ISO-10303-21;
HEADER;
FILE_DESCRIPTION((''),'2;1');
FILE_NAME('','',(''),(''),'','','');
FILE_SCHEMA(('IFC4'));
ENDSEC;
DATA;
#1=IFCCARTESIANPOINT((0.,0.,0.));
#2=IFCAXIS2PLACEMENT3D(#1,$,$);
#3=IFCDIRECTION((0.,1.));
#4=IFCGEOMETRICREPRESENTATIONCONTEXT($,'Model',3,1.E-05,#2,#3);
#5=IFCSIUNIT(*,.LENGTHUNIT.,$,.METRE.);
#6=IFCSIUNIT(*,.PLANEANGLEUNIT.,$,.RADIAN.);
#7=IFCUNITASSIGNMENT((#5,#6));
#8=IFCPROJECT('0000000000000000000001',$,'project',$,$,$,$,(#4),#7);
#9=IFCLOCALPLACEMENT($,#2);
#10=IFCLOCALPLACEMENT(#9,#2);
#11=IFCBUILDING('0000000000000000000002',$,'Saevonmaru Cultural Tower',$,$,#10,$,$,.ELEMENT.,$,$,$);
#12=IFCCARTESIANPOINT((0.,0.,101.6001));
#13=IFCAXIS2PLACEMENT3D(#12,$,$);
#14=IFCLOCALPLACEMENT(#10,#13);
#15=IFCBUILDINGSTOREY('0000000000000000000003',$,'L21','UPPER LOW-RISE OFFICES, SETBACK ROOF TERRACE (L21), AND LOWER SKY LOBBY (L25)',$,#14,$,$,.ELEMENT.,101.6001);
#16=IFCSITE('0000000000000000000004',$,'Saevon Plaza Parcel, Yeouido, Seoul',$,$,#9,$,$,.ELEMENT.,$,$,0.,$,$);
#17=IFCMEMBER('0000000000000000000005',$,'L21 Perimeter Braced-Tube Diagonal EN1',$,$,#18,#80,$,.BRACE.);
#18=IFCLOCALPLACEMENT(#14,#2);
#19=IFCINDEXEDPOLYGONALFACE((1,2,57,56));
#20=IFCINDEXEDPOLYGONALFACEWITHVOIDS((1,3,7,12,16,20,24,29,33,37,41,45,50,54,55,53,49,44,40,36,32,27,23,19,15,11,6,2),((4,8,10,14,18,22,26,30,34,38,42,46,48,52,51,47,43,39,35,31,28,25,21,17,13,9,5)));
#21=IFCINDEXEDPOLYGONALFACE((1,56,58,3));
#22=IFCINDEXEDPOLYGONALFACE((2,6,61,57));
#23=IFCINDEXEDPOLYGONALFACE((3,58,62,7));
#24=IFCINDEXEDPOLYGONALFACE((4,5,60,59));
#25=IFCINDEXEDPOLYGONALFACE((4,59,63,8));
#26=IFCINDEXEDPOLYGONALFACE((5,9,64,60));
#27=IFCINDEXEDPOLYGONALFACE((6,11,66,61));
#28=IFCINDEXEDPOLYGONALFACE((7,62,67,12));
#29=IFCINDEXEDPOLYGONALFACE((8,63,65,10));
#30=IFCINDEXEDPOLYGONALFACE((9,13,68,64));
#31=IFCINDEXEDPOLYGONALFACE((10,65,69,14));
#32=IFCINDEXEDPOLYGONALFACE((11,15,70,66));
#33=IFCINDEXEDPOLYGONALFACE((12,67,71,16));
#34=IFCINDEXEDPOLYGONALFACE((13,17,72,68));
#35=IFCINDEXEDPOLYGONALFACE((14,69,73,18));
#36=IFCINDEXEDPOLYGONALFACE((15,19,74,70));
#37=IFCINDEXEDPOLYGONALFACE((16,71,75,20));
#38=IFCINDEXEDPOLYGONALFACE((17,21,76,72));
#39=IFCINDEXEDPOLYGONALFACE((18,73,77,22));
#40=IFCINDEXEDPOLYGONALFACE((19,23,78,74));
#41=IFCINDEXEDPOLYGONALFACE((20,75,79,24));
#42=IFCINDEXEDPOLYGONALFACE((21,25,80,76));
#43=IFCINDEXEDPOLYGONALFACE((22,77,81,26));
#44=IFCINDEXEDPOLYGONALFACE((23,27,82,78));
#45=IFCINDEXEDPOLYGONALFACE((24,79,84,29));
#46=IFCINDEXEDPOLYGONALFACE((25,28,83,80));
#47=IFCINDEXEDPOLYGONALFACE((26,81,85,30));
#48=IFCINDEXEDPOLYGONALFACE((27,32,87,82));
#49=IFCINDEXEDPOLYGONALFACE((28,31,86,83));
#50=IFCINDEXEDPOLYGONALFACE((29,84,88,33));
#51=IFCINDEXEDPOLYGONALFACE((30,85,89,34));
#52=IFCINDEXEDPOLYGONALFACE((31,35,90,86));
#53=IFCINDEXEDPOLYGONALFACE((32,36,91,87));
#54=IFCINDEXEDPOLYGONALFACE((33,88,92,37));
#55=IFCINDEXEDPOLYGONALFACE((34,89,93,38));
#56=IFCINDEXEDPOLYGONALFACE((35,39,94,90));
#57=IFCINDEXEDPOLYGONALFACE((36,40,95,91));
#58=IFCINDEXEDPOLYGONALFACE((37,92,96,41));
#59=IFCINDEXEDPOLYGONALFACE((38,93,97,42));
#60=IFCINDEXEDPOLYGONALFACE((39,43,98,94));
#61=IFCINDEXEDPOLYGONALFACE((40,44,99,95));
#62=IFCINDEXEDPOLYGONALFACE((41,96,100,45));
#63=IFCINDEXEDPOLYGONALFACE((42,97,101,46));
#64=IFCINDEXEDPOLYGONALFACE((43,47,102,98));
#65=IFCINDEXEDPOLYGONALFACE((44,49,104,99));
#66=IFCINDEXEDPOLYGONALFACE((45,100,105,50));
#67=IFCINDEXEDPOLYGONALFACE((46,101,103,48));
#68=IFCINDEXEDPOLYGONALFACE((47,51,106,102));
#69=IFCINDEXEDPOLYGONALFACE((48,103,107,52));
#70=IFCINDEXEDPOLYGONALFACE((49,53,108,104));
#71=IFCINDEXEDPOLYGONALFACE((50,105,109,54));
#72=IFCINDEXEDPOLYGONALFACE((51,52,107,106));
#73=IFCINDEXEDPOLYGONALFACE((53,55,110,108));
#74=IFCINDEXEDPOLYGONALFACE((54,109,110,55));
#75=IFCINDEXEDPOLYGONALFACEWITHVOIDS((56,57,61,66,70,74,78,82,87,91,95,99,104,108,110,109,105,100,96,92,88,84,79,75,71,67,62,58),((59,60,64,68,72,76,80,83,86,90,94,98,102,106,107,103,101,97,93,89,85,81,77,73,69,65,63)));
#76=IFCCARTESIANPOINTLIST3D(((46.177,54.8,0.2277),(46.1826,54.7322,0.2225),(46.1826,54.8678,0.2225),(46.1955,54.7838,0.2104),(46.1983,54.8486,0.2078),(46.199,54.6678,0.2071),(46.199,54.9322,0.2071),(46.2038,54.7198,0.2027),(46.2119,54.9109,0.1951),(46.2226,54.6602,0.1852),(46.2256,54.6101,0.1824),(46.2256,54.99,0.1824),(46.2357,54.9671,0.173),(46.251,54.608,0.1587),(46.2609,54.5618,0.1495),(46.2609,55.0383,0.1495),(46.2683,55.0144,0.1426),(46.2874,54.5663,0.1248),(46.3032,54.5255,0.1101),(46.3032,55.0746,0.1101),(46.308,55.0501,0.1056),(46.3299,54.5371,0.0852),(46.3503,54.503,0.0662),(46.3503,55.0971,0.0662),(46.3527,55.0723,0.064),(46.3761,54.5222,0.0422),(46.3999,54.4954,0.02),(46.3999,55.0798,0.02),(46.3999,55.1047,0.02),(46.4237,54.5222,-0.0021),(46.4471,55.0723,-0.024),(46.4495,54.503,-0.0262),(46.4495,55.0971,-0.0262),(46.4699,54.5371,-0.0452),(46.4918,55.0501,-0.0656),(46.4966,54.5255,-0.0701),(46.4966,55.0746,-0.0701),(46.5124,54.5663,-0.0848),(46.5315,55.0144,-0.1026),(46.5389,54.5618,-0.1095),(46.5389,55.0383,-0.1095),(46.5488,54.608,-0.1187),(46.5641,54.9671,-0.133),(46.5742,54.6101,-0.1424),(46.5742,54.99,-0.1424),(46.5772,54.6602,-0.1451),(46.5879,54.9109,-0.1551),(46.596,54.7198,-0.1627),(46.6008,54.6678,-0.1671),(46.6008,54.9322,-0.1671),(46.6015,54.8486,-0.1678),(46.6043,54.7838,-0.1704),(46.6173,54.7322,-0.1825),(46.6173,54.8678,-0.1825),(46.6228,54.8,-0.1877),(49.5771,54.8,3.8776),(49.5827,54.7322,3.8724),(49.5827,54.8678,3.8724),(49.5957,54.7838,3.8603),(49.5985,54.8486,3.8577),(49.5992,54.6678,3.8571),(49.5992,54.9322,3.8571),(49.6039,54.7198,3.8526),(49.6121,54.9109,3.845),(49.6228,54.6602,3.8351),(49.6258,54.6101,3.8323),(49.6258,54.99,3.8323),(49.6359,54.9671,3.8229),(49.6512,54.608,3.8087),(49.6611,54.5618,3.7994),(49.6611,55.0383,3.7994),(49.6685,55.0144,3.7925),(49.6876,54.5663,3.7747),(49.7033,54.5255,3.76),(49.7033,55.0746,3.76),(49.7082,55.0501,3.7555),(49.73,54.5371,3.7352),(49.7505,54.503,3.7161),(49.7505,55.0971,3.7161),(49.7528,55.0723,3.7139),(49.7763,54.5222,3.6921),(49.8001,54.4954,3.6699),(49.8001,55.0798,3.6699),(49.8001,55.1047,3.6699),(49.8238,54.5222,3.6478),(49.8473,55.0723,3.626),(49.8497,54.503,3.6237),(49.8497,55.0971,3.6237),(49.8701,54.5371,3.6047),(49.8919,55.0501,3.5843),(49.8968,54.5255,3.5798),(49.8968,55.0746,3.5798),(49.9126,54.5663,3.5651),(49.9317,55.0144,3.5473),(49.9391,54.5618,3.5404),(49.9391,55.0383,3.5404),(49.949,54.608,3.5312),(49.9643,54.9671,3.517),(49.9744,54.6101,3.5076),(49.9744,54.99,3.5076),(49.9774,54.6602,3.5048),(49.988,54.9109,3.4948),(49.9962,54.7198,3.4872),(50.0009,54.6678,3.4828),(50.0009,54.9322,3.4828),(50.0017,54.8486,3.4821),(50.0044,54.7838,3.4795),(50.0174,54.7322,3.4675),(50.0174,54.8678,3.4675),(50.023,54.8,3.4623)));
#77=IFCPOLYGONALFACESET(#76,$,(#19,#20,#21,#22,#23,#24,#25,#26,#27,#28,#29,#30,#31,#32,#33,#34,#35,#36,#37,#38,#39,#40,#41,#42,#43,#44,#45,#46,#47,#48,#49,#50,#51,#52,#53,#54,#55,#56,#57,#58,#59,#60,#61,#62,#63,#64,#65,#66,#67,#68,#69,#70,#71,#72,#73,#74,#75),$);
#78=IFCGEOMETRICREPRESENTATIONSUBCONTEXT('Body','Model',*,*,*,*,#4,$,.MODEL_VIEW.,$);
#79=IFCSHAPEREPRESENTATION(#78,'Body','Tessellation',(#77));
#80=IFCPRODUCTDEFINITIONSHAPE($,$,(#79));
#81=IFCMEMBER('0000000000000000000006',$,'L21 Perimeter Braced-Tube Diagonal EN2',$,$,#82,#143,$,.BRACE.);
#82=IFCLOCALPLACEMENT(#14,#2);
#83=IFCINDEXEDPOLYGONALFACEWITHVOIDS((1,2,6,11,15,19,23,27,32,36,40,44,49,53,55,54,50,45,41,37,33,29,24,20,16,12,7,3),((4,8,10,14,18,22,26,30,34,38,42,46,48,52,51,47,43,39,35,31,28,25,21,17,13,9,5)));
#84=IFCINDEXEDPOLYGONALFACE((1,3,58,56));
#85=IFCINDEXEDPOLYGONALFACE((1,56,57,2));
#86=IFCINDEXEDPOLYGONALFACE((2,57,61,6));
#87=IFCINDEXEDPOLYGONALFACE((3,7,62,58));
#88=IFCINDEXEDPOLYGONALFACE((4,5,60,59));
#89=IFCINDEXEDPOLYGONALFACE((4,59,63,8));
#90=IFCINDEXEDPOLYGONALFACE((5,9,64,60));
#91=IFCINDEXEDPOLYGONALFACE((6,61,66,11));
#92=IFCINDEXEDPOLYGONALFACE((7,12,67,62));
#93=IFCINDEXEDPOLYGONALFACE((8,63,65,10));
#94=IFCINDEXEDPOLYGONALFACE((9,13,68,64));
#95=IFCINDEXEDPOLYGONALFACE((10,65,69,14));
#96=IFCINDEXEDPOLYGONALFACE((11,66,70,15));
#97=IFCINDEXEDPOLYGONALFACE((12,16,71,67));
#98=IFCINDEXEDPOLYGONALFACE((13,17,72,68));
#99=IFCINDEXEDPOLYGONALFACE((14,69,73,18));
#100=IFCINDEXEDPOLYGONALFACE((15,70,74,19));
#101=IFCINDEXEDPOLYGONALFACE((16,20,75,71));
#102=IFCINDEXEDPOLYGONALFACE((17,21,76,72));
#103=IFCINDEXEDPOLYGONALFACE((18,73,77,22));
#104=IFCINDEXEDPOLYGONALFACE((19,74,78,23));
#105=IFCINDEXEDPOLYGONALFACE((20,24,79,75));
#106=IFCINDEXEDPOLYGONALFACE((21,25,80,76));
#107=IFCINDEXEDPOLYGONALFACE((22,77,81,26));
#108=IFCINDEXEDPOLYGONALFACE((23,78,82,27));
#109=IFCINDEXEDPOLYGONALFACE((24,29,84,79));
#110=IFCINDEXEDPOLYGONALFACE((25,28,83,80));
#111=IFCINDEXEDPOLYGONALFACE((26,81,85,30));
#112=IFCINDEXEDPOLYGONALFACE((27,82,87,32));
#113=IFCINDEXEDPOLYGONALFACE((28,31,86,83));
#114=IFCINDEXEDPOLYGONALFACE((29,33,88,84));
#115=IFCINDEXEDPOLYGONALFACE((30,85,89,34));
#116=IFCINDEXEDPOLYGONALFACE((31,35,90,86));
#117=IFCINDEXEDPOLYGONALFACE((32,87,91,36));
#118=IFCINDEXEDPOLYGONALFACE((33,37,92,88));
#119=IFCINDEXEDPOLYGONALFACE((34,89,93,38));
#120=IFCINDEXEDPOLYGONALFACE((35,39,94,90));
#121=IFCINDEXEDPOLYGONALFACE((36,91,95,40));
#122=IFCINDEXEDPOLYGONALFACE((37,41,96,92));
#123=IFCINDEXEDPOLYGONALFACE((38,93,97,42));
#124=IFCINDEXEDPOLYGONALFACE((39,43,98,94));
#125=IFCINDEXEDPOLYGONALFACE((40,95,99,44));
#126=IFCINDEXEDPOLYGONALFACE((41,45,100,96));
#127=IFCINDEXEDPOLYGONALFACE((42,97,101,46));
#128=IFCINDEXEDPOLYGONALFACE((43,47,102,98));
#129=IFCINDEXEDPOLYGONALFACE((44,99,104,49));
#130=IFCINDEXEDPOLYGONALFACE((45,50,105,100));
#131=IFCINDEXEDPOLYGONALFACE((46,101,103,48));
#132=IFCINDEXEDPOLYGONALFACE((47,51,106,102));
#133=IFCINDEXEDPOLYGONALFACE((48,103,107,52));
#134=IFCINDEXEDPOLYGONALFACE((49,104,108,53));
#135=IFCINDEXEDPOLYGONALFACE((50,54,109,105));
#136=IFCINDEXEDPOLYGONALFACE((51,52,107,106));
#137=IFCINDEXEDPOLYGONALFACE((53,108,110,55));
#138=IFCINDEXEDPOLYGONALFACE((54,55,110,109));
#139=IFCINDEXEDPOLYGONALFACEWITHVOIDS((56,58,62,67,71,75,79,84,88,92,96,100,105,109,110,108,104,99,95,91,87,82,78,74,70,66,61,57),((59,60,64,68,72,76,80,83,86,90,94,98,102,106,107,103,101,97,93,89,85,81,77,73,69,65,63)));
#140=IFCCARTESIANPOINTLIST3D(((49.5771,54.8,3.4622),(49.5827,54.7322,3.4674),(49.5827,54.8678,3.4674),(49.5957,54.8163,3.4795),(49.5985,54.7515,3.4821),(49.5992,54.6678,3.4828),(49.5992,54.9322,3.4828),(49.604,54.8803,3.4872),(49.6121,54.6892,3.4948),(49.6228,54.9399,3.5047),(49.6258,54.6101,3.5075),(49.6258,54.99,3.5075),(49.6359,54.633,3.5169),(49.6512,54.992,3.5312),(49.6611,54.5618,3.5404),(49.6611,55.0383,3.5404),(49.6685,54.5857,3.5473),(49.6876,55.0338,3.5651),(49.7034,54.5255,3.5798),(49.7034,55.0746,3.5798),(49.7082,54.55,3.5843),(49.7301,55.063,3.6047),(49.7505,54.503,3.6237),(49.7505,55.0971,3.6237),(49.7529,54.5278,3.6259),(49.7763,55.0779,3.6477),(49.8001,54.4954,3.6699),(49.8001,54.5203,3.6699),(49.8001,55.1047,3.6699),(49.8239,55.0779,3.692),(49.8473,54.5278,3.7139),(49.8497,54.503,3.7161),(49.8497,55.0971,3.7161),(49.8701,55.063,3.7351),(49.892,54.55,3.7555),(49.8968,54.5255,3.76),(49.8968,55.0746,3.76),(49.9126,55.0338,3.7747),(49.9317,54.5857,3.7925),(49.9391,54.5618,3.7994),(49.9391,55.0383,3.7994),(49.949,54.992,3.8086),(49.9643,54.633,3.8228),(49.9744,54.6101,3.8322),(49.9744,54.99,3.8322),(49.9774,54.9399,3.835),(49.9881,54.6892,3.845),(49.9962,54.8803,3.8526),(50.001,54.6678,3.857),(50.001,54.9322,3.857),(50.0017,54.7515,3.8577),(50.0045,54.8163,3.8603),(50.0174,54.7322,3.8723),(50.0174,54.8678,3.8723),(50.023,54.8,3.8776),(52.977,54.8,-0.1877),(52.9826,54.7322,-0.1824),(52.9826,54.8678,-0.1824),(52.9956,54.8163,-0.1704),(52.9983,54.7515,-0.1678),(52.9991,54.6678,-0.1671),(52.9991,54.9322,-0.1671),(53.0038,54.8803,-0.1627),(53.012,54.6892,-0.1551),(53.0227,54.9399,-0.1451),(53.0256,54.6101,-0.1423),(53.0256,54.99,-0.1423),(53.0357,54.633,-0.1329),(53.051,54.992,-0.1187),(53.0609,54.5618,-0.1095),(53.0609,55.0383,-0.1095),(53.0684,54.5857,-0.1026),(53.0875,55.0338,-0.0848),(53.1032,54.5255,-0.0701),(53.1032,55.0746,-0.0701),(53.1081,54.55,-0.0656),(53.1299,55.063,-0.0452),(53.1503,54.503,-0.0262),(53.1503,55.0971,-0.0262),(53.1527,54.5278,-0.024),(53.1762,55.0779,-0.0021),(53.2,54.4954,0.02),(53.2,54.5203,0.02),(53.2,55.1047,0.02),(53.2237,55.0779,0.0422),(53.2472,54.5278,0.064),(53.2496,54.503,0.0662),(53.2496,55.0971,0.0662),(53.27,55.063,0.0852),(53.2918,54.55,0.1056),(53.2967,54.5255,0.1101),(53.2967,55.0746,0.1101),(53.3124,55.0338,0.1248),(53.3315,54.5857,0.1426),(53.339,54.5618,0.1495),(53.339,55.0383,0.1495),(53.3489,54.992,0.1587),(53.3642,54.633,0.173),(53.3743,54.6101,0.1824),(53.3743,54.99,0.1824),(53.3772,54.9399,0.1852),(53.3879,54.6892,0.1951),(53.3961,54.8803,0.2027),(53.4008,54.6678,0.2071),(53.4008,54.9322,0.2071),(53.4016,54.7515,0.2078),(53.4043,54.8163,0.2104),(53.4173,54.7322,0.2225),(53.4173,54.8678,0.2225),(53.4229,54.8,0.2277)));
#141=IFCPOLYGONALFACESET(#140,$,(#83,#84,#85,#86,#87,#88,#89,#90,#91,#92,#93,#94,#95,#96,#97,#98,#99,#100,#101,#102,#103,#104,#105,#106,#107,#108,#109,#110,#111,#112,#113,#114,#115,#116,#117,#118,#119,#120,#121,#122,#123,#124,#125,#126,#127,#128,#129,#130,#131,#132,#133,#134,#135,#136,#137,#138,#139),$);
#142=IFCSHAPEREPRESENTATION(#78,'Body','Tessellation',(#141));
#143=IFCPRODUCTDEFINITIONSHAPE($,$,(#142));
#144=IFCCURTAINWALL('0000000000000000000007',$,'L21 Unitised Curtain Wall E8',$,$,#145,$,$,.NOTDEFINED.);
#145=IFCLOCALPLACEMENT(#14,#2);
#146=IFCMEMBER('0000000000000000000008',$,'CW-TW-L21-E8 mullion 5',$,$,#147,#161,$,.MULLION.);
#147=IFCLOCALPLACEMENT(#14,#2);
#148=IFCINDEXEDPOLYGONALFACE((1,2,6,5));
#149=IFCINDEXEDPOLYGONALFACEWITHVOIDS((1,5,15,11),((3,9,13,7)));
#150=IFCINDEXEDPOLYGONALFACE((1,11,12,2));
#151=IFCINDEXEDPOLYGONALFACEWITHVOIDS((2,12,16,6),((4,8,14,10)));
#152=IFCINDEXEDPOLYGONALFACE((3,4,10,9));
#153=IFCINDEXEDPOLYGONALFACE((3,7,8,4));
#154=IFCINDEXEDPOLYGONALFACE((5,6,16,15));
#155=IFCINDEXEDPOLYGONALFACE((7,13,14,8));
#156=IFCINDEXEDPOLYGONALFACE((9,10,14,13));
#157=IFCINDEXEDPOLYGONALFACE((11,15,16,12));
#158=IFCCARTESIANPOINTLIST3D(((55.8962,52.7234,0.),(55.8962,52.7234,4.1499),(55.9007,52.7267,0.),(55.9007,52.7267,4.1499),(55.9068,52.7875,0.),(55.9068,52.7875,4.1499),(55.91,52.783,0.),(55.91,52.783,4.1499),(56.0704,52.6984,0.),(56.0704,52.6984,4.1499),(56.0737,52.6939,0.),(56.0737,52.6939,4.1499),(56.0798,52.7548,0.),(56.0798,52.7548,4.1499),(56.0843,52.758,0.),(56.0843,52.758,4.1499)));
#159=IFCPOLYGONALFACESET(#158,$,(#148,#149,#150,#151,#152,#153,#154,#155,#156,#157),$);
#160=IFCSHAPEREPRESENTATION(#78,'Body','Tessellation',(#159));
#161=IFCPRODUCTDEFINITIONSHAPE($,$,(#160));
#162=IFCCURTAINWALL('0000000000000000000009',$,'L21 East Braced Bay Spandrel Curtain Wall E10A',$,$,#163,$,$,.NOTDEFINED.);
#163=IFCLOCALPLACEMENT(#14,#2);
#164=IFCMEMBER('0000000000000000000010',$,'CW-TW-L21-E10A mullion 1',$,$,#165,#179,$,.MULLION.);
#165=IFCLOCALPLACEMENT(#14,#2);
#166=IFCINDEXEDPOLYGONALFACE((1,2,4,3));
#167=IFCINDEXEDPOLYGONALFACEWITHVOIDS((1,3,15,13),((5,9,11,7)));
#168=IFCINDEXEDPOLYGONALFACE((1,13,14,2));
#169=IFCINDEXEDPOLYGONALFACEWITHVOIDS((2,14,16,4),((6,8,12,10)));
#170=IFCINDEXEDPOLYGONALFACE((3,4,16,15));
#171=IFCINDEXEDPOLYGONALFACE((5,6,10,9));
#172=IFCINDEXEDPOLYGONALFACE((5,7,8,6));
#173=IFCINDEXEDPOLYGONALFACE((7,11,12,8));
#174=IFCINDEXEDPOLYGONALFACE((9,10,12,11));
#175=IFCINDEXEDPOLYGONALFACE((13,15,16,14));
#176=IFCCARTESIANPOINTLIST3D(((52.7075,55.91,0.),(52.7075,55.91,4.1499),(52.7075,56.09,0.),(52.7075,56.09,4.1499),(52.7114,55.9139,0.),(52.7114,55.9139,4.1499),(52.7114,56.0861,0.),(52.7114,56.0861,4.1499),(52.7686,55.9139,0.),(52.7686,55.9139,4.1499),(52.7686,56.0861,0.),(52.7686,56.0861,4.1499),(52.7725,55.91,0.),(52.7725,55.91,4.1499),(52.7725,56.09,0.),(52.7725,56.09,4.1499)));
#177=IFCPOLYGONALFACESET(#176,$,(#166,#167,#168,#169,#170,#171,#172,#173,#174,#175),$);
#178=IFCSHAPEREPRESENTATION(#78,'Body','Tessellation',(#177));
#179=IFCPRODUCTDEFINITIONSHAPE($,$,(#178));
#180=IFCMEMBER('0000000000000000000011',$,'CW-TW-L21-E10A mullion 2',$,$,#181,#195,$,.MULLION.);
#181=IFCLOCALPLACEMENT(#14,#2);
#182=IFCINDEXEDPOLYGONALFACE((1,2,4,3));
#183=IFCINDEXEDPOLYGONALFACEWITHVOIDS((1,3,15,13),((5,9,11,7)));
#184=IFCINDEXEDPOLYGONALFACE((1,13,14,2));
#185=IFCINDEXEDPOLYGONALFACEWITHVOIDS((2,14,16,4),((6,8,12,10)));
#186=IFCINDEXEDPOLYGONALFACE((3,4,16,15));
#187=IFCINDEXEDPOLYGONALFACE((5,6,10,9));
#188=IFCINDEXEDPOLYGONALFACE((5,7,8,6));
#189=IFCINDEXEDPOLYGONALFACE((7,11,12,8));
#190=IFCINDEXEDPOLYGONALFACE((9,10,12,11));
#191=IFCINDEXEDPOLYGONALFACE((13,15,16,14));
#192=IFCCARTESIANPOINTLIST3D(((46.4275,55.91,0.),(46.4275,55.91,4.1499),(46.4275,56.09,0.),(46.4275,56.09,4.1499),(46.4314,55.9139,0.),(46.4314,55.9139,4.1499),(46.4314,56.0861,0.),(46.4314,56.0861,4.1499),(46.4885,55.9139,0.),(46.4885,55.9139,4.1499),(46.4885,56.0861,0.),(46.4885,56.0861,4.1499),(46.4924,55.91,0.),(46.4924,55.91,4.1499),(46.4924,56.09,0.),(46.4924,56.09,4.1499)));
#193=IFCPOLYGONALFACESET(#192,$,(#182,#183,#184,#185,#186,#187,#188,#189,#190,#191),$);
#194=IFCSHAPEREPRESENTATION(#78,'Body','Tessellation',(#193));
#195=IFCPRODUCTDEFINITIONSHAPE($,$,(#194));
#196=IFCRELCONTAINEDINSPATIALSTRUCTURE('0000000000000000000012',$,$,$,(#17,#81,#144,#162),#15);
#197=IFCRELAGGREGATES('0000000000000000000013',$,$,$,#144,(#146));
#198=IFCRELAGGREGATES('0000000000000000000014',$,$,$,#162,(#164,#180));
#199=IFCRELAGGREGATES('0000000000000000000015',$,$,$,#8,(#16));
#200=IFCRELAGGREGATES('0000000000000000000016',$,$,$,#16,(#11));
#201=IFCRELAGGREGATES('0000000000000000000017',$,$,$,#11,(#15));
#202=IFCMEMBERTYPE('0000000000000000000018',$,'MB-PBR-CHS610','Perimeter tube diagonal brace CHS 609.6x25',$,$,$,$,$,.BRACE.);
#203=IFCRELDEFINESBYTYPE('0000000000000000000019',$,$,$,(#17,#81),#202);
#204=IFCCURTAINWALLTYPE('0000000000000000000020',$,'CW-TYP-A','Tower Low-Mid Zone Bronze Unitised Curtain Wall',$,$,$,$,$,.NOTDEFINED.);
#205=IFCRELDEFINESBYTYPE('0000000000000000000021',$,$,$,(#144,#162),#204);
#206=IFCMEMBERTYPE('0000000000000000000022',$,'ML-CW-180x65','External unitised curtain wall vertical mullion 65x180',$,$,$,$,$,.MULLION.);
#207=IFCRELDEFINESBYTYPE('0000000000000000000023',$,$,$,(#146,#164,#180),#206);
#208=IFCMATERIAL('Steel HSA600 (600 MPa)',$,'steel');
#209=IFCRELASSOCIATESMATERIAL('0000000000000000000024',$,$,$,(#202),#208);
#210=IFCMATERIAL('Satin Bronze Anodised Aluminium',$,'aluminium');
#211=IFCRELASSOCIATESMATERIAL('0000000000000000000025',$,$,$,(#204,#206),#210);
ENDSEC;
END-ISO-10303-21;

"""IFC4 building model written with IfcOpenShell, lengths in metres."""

from ifc_helpers import new_model, si_unit, direction, frame, origin, origin_2d, place, context, subcontext, project, spatial, hollow_rectangle, hollow_circle, extrude, material, material_profile, profile_set, type_object, element, aggregate, save


model = new_model("IFC4")

# Units and contexts
model_context = context("Model", 3, precision=1e-05, world=origin(), true_north=direction((0.0, 1.0)))
body_context = subcontext(model_context, "Body", "Model", "MODEL_VIEW")
ifc_project = project(units=[si_unit("LENGTHUNIT", "METRE"), si_unit("PLANEANGLEUNIT", "RADIAN")], contexts=[model_context])

# Site, building, storey
site_placement = place(None, origin())
site = spatial("IfcSite", under=ifc_project, at=site_placement, Name="Saevon Plaza Parcel, Yeouido, Seoul", CompositionType="ELEMENT", RefElevation=0.0)
building_placement = place(site_placement, origin())
building = spatial("IfcBuilding", under=site, at=building_placement, Name="Saevonmaru Cultural Tower", CompositionType="ELEMENT")
storey_placement = place(building_placement, frame((0.0, 0.0, 101.6001)))
storey = spatial("IfcBuildingStorey", under=building, at=storey_placement, Name="L21", Description="UPPER LOW-RISE OFFICES, SETBACK ROOF TERRACE (L21), AND LOWER SKY LOBBY (L25)", CompositionType="ELEMENT", Elevation=101.6001)

# Members
ifc_material_1 = material(Name="Steel HSA600 (600 MPa)", Category="steel")
ifc_material_profile_1 = material_profile(ifc_material_1, hollow_circle(Radius=0.3047, WallThickness=0.0249, at=origin_2d()), Name="CHS-609.6x25")
ifc_profile_set_1 = profile_set([ifc_material_profile_1], Name="Steel HSA600 (600 MPa)")
member_type_1 = type_object("IfcMemberType", Name="MB-PBR-CHS610", Description="Perimeter tube diagonal brace CHS 609.6x25", PredefinedType="BRACE", material=ifc_profile_set_1)
member_1_placement = place(storey_placement, frame((46.3999, 54.8, 0.02), z_axis=(0.681629, 0.0, 0.731698), x_axis=(0.0, 1.0, 0.0)))
element("IfcMember", 1, at=member_1_placement, inside=storey, type_object=member_type_1, Name="L21 Perimeter Braced-Tube Diagonal EN1", PredefinedType="BRACE", context=body_context, shape_type="SweptSolid", body=[
    extrude(hollow_circle(Radius=0.3047, WallThickness=0.0249, at=origin_2d()), origin(), (0.0, 0.0, 1.0), 4.9883),
])
member_2_placement = place(storey_placement, frame((53.2, 54.8, 0.02), z_axis=(-0.681603, 0.0, 0.731722), x_axis=(0.0, -1.0, 0.0)))
element("IfcMember", 2, at=member_2_placement, inside=storey, type_object=member_type_1, Name="L21 Perimeter Braced-Tube Diagonal EN2", PredefinedType="BRACE", context=body_context, shape_type="SweptSolid", body=[
    extrude(hollow_circle(Radius=0.3047, WallThickness=0.0249, at=origin_2d()), origin(), (0.0, 0.0, 1.0), 4.988),
])

# Curtain wall, member
ifc_material_2 = material(Name="Satin Bronze Anodised Aluminium", Category="aluminium")
curtain_wall_type = type_object("IfcCurtainWallType", Name="CW-TYP-A", Description="Tower Low-Mid Zone Bronze Unitised Curtain Wall", PredefinedType="NOTDEFINED", material=ifc_material_2)
curtain_wall_1_placement = place(storey_placement, origin())
curtain_wall_1 = element("IfcCurtainWall", 3, at=curtain_wall_1_placement, inside=storey, type_object=curtain_wall_type, Name="L21 Unitised Curtain Wall E8", PredefinedType="NOTDEFINED")
ifc_material_profile_2 = material_profile(ifc_material_2, hollow_rectangle(XDim=0.0649, YDim=0.1799, WallThickness=0.0039, at=origin_2d()), Name="ALU-MULL-180x65x4")
ifc_profile_set_2 = profile_set([ifc_material_profile_2], Name="Satin Bronze Anodised Aluminium")
member_type_2 = type_object("IfcMemberType", Name="ML-CW-180x65", Description="External unitised curtain wall vertical mullion 65x180", PredefinedType="MULLION", material=ifc_profile_set_2)
member_3_placement = place(storey_placement, frame((55.9902, 52.7407, 0.0), z_axis=(0.0, 0.0, 1.0), x_axis=(0.163999, 0.986461, 0.0)))
member_3 = element("IfcMember", 4, at=member_3_placement, type_object=member_type_2, Name="CW-TW-L21-E8 mullion 5", PredefinedType="MULLION", context=body_context, shape_type="SweptSolid", body=[
    extrude(hollow_rectangle(XDim=0.0649, YDim=0.1799, WallThickness=0.0039, at=origin_2d()), origin(), (0.0, 0.0, 1.0), 4.1499),
])
aggregate(curtain_wall_1, [member_3])

# Curtain wall, members
curtain_wall_2_placement = place(storey_placement, origin())
curtain_wall_2 = element("IfcCurtainWall", 5, at=curtain_wall_2_placement, inside=storey, type_object=curtain_wall_type, Name="L21 East Braced Bay Spandrel Curtain Wall E10A", PredefinedType="NOTDEFINED")
member_4_placement = place(storey_placement, frame((52.74, 56.0, 0.0), z_axis=(0.0, 0.0, 1.0), x_axis=(-1.0, 0.0, 0.0)))
member_4 = element("IfcMember", 6, at=member_4_placement, type_object=member_type_2, Name="CW-TW-L21-E10A mullion 1", PredefinedType="MULLION", context=body_context, shape_type="SweptSolid", body=[
    extrude(hollow_rectangle(XDim=0.0649, YDim=0.1799, WallThickness=0.0039, at=origin_2d()), origin(), (0.0, 0.0, 1.0), 4.1499),
])
member_5_placement = place(storey_placement, frame((46.46, 56.0, 0.0), z_axis=(0.0, 0.0, 1.0), x_axis=(-1.0, 0.0, 0.0)))
member_5 = element("IfcMember", 7, at=member_5_placement, type_object=member_type_2, Name="CW-TW-L21-E10A mullion 2", PredefinedType="MULLION", context=body_context, shape_type="SweptSolid", body=[
    extrude(hollow_rectangle(XDim=0.0649, YDim=0.1799, WallThickness=0.0039, at=origin_2d()), origin(), (0.0, 0.0, 1.0), 4.1499),
])

aggregate(curtain_wall_2, [member_4, member_5])

save(model, "model.ifc")
